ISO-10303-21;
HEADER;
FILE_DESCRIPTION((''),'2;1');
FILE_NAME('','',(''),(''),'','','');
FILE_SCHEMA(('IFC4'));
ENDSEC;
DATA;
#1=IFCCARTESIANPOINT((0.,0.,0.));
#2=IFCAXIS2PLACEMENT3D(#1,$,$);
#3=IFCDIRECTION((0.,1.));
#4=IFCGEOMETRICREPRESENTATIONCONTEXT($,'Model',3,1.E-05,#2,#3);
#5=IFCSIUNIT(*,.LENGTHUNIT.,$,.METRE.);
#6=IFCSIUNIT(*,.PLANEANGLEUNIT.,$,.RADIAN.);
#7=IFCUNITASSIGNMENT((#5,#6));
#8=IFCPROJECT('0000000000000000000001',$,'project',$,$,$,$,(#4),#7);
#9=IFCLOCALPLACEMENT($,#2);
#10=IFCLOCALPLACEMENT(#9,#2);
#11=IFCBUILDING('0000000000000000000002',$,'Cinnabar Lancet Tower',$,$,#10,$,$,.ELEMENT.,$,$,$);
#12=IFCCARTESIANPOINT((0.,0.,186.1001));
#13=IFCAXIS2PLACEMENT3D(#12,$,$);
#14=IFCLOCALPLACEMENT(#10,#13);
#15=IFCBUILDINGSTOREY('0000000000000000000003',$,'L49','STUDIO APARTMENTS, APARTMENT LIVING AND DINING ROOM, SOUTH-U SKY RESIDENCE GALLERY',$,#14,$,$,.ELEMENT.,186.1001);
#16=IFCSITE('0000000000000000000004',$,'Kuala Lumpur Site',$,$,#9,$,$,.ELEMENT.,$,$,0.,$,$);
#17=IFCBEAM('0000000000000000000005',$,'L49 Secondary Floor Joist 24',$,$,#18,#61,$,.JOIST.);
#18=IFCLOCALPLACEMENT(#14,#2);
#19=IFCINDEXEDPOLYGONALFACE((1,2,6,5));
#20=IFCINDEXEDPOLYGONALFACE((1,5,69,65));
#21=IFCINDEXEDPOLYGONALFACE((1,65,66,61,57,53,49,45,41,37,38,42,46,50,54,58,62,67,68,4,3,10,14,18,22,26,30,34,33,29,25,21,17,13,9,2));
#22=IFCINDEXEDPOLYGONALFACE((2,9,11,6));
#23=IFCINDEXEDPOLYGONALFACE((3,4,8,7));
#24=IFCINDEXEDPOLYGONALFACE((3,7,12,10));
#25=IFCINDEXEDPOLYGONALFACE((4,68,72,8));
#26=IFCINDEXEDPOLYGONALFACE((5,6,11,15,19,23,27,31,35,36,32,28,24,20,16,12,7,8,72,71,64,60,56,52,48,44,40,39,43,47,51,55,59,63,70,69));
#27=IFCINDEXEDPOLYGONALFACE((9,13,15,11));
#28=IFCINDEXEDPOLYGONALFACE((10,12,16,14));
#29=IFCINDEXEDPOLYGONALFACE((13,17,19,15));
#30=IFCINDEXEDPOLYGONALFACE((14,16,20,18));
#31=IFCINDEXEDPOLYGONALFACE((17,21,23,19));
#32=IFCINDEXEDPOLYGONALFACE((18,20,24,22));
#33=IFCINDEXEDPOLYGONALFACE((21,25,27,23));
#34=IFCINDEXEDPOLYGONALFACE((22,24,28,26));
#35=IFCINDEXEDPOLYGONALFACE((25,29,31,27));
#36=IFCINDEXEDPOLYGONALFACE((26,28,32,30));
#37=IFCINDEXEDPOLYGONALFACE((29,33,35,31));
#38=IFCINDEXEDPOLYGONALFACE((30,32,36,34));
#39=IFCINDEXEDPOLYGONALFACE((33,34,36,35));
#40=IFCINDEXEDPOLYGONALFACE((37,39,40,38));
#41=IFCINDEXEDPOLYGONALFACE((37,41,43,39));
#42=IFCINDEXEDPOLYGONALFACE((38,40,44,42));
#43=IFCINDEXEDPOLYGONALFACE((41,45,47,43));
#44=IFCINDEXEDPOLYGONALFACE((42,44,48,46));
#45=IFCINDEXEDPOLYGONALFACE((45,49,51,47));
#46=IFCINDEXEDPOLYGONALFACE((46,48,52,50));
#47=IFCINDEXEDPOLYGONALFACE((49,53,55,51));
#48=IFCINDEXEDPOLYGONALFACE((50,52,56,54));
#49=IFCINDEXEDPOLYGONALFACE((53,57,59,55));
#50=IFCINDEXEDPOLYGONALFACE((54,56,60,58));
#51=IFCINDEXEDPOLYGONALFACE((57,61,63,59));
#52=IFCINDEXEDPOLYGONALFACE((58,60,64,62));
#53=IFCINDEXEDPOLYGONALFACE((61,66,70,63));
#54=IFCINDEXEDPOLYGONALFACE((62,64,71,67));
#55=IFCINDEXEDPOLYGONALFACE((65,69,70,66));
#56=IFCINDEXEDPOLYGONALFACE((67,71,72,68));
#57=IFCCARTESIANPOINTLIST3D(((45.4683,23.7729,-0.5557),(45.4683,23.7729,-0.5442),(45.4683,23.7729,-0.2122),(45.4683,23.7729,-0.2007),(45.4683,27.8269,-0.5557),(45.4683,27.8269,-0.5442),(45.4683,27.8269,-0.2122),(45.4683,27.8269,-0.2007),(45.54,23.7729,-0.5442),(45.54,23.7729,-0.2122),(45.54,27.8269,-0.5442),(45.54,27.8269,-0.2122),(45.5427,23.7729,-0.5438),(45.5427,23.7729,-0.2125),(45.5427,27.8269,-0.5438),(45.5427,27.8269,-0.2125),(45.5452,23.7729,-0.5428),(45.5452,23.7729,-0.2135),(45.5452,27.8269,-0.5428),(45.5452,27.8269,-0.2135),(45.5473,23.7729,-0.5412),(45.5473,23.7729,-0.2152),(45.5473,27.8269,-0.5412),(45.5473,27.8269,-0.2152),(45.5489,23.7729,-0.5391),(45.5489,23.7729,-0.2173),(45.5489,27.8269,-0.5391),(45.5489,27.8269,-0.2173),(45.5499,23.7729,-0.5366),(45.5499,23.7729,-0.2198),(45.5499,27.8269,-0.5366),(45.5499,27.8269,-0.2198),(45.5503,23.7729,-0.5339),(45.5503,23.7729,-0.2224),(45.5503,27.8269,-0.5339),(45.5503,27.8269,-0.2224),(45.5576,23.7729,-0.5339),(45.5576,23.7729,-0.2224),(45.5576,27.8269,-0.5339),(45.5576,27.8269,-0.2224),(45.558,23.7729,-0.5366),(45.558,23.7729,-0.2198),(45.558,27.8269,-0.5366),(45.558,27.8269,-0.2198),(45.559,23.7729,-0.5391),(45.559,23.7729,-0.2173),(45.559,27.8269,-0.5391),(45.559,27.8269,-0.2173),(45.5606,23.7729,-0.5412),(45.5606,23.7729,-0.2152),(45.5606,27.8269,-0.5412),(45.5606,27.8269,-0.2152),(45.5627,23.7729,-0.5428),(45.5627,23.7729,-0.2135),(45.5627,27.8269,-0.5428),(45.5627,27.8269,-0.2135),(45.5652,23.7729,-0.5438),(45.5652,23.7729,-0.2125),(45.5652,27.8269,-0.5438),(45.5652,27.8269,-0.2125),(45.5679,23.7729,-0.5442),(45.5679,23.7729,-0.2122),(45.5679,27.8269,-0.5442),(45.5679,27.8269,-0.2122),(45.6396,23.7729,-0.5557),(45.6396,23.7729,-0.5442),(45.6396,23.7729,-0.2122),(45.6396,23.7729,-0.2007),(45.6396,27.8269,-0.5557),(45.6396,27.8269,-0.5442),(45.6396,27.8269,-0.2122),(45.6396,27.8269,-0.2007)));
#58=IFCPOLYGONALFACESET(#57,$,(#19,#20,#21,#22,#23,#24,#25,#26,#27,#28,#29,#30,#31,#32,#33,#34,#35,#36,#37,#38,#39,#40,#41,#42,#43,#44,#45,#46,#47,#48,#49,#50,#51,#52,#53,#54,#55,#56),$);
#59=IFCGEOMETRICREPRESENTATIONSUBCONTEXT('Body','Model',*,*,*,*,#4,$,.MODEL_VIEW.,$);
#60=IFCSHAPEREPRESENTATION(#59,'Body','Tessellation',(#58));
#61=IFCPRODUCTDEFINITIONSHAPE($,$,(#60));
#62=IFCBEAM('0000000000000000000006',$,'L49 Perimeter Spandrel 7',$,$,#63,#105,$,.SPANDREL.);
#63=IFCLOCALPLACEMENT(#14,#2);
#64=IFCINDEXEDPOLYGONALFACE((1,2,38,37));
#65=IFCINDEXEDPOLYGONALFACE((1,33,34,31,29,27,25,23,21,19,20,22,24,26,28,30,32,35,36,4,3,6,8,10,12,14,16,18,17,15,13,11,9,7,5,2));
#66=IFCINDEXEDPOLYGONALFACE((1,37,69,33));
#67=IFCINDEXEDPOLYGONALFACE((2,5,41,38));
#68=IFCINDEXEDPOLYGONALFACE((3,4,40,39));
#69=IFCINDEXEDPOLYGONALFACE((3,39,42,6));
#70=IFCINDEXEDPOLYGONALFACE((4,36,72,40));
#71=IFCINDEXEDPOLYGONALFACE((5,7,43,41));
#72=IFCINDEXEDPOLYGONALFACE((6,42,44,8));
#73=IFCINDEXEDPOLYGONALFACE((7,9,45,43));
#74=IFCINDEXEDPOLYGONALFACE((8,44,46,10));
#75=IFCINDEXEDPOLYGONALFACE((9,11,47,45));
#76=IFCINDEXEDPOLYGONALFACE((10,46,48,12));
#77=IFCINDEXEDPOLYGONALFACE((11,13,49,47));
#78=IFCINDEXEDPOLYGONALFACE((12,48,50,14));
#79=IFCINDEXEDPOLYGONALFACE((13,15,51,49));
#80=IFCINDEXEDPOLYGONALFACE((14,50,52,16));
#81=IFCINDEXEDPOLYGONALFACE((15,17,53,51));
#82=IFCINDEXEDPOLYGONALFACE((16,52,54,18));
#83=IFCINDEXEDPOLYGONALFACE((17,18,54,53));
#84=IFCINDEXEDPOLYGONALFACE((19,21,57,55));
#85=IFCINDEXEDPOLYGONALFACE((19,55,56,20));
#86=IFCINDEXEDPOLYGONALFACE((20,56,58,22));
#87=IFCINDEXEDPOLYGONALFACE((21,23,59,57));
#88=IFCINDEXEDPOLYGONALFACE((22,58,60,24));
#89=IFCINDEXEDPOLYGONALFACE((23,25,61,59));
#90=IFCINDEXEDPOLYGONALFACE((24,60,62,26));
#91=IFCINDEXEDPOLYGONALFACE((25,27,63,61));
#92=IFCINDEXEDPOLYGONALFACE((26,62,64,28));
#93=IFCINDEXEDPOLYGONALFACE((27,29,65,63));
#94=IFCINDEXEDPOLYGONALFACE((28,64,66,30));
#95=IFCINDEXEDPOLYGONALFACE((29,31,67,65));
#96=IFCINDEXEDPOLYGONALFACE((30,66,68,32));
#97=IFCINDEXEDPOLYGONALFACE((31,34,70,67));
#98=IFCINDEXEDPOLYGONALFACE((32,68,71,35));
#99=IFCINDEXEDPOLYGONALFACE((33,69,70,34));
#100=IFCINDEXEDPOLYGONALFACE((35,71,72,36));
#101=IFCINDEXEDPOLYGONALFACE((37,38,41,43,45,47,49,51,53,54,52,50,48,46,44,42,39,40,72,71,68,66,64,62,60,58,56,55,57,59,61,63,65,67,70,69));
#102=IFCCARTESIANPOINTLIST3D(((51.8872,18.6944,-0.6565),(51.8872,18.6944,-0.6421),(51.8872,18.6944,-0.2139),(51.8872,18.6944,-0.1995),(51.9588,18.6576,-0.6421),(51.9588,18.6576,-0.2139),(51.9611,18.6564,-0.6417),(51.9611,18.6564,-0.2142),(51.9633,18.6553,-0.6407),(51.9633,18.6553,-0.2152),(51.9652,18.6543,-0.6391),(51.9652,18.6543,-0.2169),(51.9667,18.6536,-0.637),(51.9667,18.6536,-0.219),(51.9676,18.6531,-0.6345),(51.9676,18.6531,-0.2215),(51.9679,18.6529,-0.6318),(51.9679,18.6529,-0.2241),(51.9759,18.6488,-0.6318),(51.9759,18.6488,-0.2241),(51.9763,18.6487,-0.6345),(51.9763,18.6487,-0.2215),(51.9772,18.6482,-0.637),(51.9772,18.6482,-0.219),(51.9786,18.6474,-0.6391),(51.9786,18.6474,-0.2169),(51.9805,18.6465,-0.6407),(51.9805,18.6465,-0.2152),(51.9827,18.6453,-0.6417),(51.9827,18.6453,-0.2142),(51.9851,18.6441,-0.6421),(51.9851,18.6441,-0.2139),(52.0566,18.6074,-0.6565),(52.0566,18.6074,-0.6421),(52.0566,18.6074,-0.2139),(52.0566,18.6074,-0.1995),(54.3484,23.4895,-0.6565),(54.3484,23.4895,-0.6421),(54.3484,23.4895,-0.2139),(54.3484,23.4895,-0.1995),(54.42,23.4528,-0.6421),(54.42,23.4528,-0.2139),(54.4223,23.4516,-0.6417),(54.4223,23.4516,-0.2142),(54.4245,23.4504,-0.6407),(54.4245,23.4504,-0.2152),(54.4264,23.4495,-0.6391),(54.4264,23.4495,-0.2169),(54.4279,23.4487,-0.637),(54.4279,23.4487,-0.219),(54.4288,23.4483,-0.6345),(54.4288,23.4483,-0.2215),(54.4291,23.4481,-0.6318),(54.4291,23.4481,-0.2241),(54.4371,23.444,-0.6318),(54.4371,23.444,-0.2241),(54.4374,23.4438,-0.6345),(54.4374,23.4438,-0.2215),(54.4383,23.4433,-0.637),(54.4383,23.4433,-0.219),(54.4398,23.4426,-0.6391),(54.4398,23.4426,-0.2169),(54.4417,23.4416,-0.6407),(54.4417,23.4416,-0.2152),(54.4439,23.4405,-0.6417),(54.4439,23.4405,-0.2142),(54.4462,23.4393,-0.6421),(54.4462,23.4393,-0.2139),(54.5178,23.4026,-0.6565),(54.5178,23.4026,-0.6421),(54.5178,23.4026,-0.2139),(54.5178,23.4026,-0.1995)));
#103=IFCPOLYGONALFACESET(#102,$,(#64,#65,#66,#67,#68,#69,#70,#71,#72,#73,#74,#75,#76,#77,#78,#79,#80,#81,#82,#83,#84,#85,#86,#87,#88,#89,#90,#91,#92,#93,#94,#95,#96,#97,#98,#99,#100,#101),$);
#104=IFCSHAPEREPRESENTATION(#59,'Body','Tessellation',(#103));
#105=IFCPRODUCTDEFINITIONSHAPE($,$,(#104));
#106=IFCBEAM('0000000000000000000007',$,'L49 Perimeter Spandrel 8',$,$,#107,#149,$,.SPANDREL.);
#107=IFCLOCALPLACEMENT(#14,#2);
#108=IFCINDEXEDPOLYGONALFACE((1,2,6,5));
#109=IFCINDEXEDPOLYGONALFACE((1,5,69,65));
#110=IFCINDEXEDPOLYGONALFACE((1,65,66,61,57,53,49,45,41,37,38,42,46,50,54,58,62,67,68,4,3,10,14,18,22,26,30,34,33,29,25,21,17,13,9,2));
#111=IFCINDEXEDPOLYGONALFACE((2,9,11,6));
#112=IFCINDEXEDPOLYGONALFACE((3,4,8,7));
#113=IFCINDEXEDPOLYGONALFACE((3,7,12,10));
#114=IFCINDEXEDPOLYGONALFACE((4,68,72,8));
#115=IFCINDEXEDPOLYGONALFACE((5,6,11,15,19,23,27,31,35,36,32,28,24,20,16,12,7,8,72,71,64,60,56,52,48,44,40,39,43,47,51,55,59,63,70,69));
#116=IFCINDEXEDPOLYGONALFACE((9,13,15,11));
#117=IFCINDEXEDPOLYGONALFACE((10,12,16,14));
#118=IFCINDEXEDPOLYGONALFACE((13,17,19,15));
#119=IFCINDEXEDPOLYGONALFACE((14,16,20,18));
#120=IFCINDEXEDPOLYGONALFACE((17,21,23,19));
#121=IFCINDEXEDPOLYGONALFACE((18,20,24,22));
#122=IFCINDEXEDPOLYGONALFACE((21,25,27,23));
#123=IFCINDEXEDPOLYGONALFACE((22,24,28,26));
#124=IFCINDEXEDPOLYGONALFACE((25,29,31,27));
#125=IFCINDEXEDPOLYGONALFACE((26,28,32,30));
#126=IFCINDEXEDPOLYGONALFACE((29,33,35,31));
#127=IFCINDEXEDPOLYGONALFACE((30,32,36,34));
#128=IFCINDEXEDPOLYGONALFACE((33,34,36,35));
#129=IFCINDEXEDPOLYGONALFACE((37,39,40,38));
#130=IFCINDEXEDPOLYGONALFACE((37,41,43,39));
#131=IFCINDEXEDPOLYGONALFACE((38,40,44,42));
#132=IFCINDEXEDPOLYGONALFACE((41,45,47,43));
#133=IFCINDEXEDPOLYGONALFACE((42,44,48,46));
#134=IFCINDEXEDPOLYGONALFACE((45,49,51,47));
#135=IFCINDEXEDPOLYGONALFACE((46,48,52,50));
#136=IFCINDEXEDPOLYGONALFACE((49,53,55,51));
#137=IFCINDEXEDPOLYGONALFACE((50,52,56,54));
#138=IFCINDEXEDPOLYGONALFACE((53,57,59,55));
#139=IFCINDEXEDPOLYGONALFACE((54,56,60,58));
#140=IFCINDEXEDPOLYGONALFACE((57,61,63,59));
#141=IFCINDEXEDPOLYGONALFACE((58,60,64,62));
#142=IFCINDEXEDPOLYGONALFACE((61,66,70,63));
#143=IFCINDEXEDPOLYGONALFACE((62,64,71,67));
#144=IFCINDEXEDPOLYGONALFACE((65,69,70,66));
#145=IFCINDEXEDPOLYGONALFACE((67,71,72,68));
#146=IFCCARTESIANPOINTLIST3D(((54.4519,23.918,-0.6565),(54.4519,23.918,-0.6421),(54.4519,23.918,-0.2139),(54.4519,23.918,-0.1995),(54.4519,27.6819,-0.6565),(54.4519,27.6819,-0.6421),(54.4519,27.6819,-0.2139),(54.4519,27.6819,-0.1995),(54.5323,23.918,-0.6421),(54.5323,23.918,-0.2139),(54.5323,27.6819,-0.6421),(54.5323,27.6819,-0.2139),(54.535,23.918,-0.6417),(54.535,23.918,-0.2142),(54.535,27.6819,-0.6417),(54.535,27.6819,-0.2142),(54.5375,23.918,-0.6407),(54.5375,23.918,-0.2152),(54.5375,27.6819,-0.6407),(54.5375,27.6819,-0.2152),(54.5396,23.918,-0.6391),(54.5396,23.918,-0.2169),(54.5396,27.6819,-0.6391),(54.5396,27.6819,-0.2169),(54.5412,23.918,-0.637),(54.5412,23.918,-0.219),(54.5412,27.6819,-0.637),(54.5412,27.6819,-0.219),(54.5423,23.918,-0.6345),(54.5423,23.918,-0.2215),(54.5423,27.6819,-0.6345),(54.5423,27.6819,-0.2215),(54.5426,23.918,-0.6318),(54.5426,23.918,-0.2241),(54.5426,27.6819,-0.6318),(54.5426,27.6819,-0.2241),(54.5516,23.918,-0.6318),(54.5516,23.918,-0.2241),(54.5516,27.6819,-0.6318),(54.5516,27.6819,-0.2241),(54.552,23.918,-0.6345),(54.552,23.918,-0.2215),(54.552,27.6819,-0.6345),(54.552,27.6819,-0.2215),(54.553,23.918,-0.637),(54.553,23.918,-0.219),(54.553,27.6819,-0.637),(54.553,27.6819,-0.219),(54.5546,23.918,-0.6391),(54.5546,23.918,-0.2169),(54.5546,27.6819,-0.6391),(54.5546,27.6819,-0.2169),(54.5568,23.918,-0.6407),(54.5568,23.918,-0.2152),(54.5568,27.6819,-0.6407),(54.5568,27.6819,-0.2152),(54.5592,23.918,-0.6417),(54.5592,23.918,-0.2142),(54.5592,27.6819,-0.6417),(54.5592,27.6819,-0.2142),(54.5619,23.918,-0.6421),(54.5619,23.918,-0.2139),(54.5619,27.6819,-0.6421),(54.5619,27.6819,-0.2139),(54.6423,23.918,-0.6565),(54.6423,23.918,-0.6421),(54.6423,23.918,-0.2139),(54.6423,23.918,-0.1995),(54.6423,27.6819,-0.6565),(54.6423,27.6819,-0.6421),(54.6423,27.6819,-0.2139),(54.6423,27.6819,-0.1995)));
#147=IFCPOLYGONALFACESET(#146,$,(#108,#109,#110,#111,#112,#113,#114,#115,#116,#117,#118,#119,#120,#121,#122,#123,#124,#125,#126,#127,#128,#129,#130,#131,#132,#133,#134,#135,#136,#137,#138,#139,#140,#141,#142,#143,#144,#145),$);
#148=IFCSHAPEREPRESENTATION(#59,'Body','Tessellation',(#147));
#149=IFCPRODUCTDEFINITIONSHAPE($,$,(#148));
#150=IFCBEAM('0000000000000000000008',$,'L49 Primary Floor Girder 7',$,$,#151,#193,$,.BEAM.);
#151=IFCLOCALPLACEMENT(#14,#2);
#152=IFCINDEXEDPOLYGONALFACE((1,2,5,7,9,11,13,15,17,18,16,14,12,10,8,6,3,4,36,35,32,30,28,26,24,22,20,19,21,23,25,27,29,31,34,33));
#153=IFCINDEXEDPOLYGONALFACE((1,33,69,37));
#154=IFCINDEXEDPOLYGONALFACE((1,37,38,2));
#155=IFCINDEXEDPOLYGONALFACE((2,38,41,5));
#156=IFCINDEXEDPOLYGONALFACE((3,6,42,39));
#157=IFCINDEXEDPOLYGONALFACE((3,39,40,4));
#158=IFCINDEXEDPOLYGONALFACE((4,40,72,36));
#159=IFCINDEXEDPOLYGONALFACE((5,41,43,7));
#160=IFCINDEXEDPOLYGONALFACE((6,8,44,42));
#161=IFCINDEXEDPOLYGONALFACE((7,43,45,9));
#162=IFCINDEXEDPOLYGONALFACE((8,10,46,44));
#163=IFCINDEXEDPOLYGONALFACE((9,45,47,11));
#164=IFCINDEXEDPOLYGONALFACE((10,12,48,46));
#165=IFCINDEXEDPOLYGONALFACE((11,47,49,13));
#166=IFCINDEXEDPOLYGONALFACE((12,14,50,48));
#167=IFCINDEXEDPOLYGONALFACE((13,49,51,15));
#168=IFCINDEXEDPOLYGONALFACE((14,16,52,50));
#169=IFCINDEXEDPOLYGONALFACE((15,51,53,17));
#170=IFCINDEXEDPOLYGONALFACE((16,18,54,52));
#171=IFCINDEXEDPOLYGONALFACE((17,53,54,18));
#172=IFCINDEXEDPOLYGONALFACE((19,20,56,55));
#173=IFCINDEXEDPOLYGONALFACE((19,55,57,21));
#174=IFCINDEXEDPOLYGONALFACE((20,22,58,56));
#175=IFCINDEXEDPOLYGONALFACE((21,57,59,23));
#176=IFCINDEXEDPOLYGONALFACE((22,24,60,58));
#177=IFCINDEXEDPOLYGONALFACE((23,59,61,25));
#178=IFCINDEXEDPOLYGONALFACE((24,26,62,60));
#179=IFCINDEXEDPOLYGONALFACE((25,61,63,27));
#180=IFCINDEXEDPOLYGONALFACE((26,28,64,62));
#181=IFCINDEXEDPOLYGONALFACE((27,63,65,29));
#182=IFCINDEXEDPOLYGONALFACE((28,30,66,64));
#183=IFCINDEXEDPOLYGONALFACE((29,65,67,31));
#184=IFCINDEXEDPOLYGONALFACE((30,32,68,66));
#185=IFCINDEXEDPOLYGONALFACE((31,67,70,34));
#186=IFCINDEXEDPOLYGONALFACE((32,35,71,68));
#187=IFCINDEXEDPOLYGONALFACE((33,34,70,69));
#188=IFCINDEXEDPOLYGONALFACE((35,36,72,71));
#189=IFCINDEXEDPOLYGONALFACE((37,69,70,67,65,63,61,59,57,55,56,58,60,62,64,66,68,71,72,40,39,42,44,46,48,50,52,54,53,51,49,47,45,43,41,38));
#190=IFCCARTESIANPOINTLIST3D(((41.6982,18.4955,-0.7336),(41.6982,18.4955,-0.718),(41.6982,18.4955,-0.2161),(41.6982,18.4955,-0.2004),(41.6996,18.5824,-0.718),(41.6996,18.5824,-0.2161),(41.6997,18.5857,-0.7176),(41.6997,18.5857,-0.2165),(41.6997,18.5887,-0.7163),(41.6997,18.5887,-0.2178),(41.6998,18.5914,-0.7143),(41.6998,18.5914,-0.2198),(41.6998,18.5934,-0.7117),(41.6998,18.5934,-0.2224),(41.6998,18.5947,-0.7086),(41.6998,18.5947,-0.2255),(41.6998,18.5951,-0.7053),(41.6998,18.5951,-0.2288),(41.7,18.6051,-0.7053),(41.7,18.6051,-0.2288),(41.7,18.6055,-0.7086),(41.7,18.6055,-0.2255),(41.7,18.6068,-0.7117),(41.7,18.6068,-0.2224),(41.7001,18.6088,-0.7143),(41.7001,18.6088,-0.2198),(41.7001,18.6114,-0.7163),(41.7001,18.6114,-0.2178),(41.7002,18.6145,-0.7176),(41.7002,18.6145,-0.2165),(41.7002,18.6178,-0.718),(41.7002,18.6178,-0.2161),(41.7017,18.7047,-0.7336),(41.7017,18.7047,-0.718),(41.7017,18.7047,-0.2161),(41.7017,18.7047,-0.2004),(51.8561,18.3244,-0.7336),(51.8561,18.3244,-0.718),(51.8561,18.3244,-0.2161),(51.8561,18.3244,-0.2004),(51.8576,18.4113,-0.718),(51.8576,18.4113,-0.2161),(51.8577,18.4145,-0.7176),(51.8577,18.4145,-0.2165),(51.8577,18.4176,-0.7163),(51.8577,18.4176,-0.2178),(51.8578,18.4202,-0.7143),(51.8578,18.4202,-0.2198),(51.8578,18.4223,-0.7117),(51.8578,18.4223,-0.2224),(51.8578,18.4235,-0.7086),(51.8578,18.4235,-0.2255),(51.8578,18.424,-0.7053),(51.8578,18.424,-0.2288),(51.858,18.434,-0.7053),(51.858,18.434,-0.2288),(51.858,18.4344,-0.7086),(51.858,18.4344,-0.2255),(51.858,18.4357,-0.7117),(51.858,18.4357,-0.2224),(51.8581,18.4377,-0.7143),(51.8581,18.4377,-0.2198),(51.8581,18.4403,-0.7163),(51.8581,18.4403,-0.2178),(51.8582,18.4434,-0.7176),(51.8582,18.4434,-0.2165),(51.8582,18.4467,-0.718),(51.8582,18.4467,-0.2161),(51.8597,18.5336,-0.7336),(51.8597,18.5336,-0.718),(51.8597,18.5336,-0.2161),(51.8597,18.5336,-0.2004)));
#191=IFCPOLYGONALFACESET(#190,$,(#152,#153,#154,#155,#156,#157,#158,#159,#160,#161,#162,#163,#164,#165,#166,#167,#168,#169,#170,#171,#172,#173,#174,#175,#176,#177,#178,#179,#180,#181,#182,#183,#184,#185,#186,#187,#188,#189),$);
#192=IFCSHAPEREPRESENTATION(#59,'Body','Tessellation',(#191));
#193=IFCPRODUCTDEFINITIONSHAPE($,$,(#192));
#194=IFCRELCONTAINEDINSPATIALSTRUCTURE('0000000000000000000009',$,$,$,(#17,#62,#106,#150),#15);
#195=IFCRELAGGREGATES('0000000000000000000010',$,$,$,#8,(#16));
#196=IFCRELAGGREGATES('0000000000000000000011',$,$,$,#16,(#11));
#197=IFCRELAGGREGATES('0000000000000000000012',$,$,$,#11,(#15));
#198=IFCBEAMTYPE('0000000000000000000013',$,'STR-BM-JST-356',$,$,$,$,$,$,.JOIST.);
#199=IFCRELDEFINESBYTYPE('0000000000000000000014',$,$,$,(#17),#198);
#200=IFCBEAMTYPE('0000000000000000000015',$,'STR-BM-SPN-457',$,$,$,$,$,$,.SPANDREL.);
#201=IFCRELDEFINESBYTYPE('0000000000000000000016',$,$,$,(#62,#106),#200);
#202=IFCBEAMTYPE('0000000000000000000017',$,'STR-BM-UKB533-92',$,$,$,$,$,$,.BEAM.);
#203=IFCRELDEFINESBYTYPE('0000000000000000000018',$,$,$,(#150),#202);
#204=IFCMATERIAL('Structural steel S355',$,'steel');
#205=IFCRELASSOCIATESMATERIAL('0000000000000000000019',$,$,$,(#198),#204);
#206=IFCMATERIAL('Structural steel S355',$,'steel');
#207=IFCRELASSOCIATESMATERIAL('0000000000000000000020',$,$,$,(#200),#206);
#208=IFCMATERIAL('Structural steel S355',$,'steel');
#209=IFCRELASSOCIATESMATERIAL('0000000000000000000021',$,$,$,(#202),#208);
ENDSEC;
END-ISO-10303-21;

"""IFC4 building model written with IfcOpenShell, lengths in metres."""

from ifc_helpers import new_model, si_unit, direction, frame, origin, origin_2d, place, context, subcontext, project, spatial, i_section, extrude, material, material_profile, profile_set, type_object, element, save


model = new_model("IFC4")

# Units and contexts
model_context = context("Model", 3, precision=1e-05, world=origin(), true_north=direction((0.0, 1.0)))
body_context = subcontext(model_context, "Body", "Model", "MODEL_VIEW")
ifc_project = project(units=[si_unit("LENGTHUNIT", "METRE"), si_unit("PLANEANGLEUNIT", "RADIAN")], contexts=[model_context])

# Site, building, storey
site_placement = place(None, origin())
site = spatial("IfcSite", under=ifc_project, at=site_placement, Name="Kuala Lumpur Site", CompositionType="ELEMENT", RefElevation=0.0)
building_placement = place(site_placement, origin())
building = spatial("IfcBuilding", under=site, at=building_placement, Name="Cinnabar Lancet Tower", CompositionType="ELEMENT")
storey_placement = place(building_placement, frame((0.0, 0.0, 186.1001)))
storey = spatial("IfcBuildingStorey", under=building, at=storey_placement, Name="L49", Description="STUDIO APARTMENTS, APARTMENT LIVING AND DINING ROOM, SOUTH-U SKY RESIDENCE GALLERY", CompositionType="ELEMENT", Elevation=186.1001)

# Beams
ifc_material_1 = material(Name="Structural steel S355", Category="steel")
ifc_material_profile_1 = material_profile(ifc_material_1, i_section(OverallWidth=0.1714, OverallDepth=0.355, WebThickness=0.0073, FlangeThickness=0.0115, FilletRadius=0.0103, at=origin_2d()), Name="UKB 356x171x51")
ifc_profile_set_1 = profile_set([ifc_material_profile_1], Name="Structural steel S355")
beam_type_1 = type_object("IfcBeamType", Name="STR-BM-JST-356", PredefinedType="JOIST", material=ifc_profile_set_1)
for number, where, z_axis, x_axis, name in (
    (1, (45.554, 23.7729, -0.3782), (0.0, 1.0, 0.0), (-1.0, 0.0, 0.0), "L49 Secondary Floor Joist 24"),
):
    element("IfcBeam", number, at=place(storey_placement, frame(where, z_axis=z_axis, x_axis=x_axis)), inside=storey, type_object=beam_type_1, Name=name, PredefinedType="JOIST", context=body_context, shape_type="SweptSolid", body=[
        extrude(i_section(OverallWidth=0.1714, OverallDepth=0.355, WebThickness=0.0073, FlangeThickness=0.0115, FilletRadius=0.0103, at=origin_2d()), origin(), (0.0, 0.0, 1.0), 4.054),
    ])
ifc_material_2 = material(Name="Structural steel S355", Category="steel")
ifc_material_profile_2 = material_profile(ifc_material_2, i_section(OverallWidth=0.1904, OverallDepth=0.457, WebThickness=0.009, FlangeThickness=0.0144, FilletRadius=0.0103, at=origin_2d()), Name="UKB 457x191x74")
ifc_profile_set_2 = profile_set([ifc_material_profile_2], Name="Structural steel S355")
beam_type_2 = type_object("IfcBeamType", Name="STR-BM-SPN-457", PredefinedType="SPANDREL", material=ifc_profile_set_2)
beam_1_placement = place(storey_placement, frame((51.9719, 18.6509, -0.428), z_axis=(0.456628, 0.889658, 0.0), x_axis=(-0.889658, 0.456628, 0.0)))
element("IfcBeam", 2, at=beam_1_placement, inside=storey, type_object=beam_type_2, Name="L49 Perimeter Spandrel 7", PredefinedType="SPANDREL", context=body_context, shape_type="SweptSolid", body=[
    extrude(i_section(OverallWidth=0.1904, OverallDepth=0.457, WebThickness=0.009, FlangeThickness=0.0144, FilletRadius=0.0103, at=origin_2d()), origin(), (0.0, 0.0, 1.0), 5.3899),
])
beam_2_placement = place(storey_placement, frame((54.5471, 23.918, -0.428), z_axis=(0.0, 1.0, 0.0), x_axis=(-1.0, 0.0, 0.0)))
element("IfcBeam", 3, at=beam_2_placement, inside=storey, type_object=beam_type_2, Name="L49 Perimeter Spandrel 8", PredefinedType="SPANDREL", context=body_context, shape_type="SweptSolid", body=[
    extrude(i_section(OverallWidth=0.1904, OverallDepth=0.457, WebThickness=0.009, FlangeThickness=0.0144, FilletRadius=0.0103, at=origin_2d()), origin(), (0.0, 0.0, 1.0), 3.7639),
])
ifc_material_3 = material(Name="Structural steel S355", Category="steel")
ifc_material_profile_3 = material_profile(ifc_material_3, i_section(OverallWidth=0.2092, OverallDepth=0.5332, WebThickness=0.01, FlangeThickness=0.0156, FilletRadius=0.0127, at=origin_2d()), Name="UKB 533x210x92")
ifc_profile_set_3 = profile_set([ifc_material_profile_3], Name="Structural steel S355")
beam_type_3 = type_object("IfcBeamType", Name="STR-BM-UKB533-92", PredefinedType="BEAM", material=ifc_profile_set_3)
beam_3_placement = place(storey_placement, frame((51.8579, 18.429, -0.467), z_axis=(-0.999858, 0.016846, 0.0), x_axis=(-0.016846, -0.999858, 0.0)))
element("IfcBeam", 4, at=beam_3_placement, inside=storey, type_object=beam_type_3, Name="L49 Primary Floor Girder 7", PredefinedType="BEAM", context=body_context, shape_type="SweptSolid", body=[
    extrude(i_section(OverallWidth=0.2092, OverallDepth=0.5332, WebThickness=0.01, FlangeThickness=0.0156, FilletRadius=0.0127, at=origin_2d()), origin(), (0.0, 0.0, 1.0), 10.1594),
])

save(model, "model.ifc")
